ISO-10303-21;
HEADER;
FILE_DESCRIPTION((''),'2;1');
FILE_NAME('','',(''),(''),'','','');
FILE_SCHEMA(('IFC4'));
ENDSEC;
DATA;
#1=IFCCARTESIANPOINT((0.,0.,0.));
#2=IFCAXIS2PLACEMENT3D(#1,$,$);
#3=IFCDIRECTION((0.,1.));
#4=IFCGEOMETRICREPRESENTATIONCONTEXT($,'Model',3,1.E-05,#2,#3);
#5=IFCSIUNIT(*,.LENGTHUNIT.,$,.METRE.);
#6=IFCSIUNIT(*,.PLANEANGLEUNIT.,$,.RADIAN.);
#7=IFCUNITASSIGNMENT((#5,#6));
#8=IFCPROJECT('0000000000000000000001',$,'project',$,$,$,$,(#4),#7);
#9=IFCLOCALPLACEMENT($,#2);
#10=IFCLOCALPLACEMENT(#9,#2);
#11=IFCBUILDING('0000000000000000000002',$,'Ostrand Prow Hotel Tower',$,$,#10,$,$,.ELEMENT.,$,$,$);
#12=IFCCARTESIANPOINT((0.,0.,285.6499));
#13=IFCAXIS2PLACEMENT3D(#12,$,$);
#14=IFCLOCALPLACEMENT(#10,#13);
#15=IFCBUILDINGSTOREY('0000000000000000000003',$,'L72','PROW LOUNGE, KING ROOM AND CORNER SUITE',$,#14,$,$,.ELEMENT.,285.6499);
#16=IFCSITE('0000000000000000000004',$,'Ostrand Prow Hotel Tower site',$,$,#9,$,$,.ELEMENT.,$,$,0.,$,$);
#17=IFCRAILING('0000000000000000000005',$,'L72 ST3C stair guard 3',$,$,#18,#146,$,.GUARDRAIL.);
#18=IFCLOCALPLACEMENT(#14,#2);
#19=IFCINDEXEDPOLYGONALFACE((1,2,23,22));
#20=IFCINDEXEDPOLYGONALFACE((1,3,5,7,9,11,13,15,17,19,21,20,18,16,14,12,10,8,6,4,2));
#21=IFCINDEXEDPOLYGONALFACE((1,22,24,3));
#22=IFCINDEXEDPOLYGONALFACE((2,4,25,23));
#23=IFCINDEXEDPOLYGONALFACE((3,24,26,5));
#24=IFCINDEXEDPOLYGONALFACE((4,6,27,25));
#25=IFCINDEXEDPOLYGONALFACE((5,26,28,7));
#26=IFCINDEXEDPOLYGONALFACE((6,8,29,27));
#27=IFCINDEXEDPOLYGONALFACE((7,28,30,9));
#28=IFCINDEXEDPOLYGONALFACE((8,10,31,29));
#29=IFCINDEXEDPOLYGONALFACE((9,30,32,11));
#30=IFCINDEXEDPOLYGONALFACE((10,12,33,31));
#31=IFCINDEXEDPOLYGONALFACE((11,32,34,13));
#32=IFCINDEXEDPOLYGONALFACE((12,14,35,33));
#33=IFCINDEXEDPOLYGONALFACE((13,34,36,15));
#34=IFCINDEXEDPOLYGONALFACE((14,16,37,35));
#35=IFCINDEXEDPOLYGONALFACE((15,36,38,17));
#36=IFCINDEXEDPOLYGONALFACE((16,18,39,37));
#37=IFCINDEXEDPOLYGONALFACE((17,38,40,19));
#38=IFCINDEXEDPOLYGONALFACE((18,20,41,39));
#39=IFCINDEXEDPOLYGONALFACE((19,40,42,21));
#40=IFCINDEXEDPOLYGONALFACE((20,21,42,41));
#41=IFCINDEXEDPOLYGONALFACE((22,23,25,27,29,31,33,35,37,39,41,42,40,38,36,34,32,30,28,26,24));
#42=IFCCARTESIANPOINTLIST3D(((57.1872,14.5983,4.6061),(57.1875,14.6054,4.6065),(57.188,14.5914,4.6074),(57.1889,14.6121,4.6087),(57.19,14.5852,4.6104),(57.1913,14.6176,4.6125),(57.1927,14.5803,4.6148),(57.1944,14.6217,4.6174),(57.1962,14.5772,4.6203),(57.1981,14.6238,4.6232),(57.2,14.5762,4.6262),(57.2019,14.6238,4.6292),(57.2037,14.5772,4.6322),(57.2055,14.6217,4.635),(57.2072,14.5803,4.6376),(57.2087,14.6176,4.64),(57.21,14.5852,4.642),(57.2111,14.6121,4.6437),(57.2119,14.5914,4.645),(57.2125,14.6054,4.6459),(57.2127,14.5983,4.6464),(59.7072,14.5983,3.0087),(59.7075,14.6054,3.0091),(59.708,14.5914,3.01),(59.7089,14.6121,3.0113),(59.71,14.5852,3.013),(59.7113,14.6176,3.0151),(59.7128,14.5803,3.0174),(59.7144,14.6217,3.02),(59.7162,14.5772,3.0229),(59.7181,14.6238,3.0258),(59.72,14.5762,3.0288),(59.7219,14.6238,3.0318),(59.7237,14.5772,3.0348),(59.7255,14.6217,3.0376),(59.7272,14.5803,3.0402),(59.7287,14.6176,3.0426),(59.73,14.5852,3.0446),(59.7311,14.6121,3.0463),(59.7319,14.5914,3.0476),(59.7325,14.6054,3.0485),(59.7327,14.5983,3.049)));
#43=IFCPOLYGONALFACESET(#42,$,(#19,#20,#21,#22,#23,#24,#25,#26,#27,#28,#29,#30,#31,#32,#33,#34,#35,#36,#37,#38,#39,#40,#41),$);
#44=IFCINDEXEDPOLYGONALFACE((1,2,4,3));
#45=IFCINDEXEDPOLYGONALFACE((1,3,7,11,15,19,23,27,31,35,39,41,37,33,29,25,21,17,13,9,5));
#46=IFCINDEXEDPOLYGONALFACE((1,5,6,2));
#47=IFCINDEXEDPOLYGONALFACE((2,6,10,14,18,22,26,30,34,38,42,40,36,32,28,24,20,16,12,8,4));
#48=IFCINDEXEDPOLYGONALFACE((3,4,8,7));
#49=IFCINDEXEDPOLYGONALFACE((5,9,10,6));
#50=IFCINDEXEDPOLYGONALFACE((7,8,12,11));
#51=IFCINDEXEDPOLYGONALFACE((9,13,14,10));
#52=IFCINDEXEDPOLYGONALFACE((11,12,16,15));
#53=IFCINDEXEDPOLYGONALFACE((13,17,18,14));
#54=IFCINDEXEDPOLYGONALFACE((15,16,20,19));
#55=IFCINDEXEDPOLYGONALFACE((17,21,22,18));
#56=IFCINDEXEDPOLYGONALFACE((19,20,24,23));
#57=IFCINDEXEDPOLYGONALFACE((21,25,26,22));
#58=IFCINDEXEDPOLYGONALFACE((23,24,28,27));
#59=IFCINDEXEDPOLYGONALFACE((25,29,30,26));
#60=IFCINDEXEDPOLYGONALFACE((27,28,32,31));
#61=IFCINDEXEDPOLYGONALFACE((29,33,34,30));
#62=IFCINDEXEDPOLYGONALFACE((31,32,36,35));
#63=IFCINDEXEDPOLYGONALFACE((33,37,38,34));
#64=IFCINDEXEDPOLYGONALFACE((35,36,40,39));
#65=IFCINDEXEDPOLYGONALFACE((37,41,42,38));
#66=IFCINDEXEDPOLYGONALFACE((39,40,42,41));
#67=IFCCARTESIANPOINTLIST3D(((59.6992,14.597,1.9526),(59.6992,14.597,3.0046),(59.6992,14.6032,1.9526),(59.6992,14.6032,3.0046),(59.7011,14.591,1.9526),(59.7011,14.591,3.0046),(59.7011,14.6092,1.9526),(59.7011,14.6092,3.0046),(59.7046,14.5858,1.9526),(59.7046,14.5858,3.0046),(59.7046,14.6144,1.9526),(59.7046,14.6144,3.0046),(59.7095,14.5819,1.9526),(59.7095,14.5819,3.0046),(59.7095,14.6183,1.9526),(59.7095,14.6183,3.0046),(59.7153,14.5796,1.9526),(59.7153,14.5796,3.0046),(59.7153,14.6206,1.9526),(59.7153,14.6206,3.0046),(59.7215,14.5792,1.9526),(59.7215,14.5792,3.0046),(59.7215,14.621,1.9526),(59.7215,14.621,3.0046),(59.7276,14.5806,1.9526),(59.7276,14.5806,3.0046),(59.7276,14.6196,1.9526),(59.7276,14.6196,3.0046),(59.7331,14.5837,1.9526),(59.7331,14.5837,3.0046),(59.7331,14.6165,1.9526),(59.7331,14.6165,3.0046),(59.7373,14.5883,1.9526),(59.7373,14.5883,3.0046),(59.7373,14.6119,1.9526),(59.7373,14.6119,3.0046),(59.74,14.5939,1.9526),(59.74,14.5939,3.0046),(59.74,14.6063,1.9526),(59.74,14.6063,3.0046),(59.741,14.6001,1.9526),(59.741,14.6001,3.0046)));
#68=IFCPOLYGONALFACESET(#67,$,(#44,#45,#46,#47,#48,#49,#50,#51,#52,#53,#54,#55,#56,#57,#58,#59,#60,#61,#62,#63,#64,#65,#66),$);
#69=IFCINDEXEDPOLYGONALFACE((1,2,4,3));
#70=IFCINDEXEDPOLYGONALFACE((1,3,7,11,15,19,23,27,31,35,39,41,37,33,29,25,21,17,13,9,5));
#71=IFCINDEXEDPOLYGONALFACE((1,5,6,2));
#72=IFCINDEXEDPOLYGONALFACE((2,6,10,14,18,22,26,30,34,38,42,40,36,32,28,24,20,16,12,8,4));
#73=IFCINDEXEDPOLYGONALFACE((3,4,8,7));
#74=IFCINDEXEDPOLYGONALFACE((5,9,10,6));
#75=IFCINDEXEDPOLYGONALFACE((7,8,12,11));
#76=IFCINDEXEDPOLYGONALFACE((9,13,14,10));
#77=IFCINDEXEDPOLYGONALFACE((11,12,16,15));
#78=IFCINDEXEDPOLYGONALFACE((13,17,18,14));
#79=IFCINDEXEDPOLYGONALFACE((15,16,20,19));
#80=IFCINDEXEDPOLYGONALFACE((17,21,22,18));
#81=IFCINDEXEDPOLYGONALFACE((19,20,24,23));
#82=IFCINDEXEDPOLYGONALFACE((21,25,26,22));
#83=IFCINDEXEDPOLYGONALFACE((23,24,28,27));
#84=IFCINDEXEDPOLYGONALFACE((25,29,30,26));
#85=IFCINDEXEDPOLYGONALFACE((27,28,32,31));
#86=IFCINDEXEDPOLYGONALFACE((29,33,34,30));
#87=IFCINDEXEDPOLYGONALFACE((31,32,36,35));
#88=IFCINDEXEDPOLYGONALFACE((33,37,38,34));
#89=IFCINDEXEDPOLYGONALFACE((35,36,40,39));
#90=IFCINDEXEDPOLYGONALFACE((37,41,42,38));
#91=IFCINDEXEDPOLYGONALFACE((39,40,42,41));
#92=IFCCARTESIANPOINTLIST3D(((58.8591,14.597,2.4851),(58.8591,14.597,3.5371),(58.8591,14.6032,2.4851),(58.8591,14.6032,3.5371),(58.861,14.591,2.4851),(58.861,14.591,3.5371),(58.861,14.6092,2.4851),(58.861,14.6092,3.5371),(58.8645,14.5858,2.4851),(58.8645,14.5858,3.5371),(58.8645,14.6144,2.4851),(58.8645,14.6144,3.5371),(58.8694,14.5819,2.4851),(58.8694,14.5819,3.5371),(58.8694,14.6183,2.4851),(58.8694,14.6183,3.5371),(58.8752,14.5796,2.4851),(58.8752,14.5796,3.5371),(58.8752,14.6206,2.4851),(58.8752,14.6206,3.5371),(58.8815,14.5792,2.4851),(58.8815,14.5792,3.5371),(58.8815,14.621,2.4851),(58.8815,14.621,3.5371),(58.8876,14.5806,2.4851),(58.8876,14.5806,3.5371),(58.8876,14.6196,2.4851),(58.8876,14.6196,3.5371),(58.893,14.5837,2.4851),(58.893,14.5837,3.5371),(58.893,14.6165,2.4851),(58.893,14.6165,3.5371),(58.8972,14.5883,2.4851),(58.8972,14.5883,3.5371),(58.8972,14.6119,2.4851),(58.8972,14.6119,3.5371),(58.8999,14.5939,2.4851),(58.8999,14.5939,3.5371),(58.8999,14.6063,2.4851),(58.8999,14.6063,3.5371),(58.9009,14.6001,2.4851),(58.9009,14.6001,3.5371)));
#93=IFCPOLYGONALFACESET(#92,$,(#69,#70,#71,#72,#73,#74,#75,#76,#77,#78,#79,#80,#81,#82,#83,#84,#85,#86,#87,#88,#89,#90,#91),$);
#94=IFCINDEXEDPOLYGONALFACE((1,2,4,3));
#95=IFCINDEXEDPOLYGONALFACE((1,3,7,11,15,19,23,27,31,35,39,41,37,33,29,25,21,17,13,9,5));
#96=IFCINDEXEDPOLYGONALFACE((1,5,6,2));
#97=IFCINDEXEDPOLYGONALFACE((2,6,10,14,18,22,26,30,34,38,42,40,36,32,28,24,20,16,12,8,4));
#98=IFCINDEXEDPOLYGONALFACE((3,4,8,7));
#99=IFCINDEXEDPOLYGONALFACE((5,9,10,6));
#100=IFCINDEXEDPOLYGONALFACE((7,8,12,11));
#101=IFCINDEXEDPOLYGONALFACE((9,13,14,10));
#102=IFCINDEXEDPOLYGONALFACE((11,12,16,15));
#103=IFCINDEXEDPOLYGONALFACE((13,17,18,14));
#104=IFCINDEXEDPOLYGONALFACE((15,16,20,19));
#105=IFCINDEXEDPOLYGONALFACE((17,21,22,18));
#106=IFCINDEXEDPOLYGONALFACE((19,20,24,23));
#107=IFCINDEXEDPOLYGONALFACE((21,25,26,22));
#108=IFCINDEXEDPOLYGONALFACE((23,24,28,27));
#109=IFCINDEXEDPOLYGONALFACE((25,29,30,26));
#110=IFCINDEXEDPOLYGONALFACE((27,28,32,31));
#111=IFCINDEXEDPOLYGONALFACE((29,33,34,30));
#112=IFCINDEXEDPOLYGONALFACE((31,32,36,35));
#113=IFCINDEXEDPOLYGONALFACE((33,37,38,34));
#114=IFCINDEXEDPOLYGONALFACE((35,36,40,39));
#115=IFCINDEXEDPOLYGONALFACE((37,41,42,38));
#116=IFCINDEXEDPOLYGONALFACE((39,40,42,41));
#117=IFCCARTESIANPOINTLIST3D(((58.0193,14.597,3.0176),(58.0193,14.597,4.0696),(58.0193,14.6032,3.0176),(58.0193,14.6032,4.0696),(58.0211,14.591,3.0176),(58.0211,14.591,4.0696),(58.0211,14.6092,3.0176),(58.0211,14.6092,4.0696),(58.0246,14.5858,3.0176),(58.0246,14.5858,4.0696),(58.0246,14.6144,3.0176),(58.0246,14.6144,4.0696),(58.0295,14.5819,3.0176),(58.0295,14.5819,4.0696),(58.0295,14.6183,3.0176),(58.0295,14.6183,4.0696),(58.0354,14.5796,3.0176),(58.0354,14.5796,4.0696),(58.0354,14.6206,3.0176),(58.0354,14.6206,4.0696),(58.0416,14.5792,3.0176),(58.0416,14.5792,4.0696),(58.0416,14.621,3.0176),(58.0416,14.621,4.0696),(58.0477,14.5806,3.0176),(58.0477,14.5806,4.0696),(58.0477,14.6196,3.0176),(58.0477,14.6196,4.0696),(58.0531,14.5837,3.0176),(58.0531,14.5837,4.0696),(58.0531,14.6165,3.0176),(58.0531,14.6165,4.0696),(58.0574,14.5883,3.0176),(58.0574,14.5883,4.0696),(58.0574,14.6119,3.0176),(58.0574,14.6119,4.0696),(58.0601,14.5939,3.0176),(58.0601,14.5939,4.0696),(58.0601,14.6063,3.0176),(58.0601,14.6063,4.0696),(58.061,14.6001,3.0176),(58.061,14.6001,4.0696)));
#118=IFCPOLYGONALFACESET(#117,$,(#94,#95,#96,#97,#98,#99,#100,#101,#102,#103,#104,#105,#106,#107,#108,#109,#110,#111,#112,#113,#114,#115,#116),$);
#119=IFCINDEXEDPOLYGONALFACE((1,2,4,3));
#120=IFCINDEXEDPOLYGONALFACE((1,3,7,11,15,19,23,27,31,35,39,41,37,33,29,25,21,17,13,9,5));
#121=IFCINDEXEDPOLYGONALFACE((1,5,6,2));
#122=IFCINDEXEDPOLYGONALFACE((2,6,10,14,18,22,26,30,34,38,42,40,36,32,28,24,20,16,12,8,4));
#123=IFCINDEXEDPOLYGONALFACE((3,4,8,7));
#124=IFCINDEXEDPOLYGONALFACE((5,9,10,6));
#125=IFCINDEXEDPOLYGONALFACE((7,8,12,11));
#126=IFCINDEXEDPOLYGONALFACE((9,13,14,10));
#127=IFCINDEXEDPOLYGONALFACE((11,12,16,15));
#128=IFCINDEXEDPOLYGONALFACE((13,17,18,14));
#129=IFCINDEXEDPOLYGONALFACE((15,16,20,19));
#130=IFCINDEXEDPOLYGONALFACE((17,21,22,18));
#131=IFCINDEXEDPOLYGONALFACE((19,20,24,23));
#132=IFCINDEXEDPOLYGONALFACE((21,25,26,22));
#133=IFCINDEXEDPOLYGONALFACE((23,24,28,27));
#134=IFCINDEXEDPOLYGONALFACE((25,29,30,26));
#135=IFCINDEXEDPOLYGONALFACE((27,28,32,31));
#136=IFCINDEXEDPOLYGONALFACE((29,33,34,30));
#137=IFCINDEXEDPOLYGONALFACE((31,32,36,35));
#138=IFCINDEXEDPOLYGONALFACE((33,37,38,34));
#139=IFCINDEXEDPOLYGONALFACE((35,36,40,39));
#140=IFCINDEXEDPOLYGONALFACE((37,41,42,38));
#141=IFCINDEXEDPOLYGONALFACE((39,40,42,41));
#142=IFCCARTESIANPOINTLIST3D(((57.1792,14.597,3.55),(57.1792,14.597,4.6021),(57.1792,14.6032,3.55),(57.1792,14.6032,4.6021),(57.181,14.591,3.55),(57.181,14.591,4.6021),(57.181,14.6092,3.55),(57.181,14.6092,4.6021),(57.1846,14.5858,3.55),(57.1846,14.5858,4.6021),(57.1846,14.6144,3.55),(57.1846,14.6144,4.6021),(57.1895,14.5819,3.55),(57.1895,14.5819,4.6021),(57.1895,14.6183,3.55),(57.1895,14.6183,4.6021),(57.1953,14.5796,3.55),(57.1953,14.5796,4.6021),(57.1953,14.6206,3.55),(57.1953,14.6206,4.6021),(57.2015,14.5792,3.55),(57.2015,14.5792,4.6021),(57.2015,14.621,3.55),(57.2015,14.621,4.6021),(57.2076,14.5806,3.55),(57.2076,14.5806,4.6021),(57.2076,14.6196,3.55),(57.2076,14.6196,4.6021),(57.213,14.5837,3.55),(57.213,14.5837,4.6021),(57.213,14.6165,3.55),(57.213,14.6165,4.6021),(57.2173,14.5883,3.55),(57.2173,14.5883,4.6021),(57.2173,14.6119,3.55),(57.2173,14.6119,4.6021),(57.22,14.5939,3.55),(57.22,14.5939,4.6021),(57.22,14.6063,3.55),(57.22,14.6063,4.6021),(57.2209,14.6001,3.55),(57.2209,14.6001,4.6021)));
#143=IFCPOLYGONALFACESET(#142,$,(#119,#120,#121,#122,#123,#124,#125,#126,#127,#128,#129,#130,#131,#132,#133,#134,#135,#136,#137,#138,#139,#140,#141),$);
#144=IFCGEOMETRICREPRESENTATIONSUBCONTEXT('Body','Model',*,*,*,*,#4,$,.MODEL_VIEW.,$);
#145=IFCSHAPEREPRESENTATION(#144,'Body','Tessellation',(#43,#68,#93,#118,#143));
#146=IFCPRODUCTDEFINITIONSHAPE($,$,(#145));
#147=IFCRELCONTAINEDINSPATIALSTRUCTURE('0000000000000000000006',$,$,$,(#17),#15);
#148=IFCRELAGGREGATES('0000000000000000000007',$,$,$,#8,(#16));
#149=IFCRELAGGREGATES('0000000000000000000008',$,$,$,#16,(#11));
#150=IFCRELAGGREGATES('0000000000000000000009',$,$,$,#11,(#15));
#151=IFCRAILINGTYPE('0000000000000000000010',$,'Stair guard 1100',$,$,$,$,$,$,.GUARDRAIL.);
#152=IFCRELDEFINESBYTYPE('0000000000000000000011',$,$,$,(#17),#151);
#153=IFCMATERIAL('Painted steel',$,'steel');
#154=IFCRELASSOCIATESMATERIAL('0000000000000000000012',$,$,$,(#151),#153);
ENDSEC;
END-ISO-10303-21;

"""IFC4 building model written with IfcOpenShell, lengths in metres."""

from ifc_helpers import new_model, si_unit, direction, frame, origin, origin_2d, place, context, subcontext, project, spatial, circle, extrude, material, type_object, element, save


model = new_model("IFC4")

# Units and contexts
model_context = context("Model", 3, precision=1e-05, world=origin(), true_north=direction((0.0, 1.0)))
body_context = subcontext(model_context, "Body", "Model", "MODEL_VIEW")
ifc_project = project(units=[si_unit("LENGTHUNIT", "METRE"), si_unit("PLANEANGLEUNIT", "RADIAN")], contexts=[model_context])

# Site, building, storey
site_placement = place(None, origin())
site = spatial("IfcSite", under=ifc_project, at=site_placement, Name="Ostrand Prow Hotel Tower site", CompositionType="ELEMENT", RefElevation=0.0)
building_placement = place(site_placement, origin())
building = spatial("IfcBuilding", under=site, at=building_placement, Name="Ostrand Prow Hotel Tower", CompositionType="ELEMENT")
storey_placement = place(building_placement, frame((0.0, 0.0, 285.6499)))
storey = spatial("IfcBuildingStorey", under=building, at=storey_placement, Name="L72", Description="PROW LOUNGE, KING ROOM AND CORNER SUITE", CompositionType="ELEMENT", Elevation=285.6499)

# Railing
ifc_material_1 = material(Name="Painted steel", Category="steel")
railing_type_1 = type_object("IfcRailingType", Name="Stair guard 1100", PredefinedType="GUARDRAIL", material=ifc_material_1)
railing_1_placement = place(storey_placement, frame((59.72, 14.6001, 1.9526)))
element("IfcRailing", 1, at=railing_1_placement, inside=storey, type_object=railing_type_1, Name="L72 ST3C stair guard 3", PredefinedType="GUARDRAIL", context=body_context, shape_type="SweptSolid", body=[
    extrude(circle(Radius=0.0239, at=origin_2d()), frame((0.0, 0.0, 1.0762), z_axis=(-0.844607, 0.0, 0.535387), x_axis=(0.0, -1.0, 0.0)), (0.0, 0.0, 1.0), 2.9836),
    extrude(circle(Radius=0.021, at=origin_2d()), origin(), (0.0, 0.0, 1.0), 1.052),
    extrude(circle(Radius=0.021, at=origin_2d()), frame((-0.8401, 0.0, 0.5325)), (0.0, 0.0, 1.0), 1.052),
    extrude(circle(Radius=0.021, at=origin_2d()), frame((-1.6799, 0.0, 1.0649)), (0.0, 0.0, 1.0), 1.052),
    extrude(circle(Radius=0.021, at=origin_2d()), frame((-2.52, 0.0, 1.5974)), (0.0, 0.0, 1.0), 1.052),
])

save(model, "model.ifc")
